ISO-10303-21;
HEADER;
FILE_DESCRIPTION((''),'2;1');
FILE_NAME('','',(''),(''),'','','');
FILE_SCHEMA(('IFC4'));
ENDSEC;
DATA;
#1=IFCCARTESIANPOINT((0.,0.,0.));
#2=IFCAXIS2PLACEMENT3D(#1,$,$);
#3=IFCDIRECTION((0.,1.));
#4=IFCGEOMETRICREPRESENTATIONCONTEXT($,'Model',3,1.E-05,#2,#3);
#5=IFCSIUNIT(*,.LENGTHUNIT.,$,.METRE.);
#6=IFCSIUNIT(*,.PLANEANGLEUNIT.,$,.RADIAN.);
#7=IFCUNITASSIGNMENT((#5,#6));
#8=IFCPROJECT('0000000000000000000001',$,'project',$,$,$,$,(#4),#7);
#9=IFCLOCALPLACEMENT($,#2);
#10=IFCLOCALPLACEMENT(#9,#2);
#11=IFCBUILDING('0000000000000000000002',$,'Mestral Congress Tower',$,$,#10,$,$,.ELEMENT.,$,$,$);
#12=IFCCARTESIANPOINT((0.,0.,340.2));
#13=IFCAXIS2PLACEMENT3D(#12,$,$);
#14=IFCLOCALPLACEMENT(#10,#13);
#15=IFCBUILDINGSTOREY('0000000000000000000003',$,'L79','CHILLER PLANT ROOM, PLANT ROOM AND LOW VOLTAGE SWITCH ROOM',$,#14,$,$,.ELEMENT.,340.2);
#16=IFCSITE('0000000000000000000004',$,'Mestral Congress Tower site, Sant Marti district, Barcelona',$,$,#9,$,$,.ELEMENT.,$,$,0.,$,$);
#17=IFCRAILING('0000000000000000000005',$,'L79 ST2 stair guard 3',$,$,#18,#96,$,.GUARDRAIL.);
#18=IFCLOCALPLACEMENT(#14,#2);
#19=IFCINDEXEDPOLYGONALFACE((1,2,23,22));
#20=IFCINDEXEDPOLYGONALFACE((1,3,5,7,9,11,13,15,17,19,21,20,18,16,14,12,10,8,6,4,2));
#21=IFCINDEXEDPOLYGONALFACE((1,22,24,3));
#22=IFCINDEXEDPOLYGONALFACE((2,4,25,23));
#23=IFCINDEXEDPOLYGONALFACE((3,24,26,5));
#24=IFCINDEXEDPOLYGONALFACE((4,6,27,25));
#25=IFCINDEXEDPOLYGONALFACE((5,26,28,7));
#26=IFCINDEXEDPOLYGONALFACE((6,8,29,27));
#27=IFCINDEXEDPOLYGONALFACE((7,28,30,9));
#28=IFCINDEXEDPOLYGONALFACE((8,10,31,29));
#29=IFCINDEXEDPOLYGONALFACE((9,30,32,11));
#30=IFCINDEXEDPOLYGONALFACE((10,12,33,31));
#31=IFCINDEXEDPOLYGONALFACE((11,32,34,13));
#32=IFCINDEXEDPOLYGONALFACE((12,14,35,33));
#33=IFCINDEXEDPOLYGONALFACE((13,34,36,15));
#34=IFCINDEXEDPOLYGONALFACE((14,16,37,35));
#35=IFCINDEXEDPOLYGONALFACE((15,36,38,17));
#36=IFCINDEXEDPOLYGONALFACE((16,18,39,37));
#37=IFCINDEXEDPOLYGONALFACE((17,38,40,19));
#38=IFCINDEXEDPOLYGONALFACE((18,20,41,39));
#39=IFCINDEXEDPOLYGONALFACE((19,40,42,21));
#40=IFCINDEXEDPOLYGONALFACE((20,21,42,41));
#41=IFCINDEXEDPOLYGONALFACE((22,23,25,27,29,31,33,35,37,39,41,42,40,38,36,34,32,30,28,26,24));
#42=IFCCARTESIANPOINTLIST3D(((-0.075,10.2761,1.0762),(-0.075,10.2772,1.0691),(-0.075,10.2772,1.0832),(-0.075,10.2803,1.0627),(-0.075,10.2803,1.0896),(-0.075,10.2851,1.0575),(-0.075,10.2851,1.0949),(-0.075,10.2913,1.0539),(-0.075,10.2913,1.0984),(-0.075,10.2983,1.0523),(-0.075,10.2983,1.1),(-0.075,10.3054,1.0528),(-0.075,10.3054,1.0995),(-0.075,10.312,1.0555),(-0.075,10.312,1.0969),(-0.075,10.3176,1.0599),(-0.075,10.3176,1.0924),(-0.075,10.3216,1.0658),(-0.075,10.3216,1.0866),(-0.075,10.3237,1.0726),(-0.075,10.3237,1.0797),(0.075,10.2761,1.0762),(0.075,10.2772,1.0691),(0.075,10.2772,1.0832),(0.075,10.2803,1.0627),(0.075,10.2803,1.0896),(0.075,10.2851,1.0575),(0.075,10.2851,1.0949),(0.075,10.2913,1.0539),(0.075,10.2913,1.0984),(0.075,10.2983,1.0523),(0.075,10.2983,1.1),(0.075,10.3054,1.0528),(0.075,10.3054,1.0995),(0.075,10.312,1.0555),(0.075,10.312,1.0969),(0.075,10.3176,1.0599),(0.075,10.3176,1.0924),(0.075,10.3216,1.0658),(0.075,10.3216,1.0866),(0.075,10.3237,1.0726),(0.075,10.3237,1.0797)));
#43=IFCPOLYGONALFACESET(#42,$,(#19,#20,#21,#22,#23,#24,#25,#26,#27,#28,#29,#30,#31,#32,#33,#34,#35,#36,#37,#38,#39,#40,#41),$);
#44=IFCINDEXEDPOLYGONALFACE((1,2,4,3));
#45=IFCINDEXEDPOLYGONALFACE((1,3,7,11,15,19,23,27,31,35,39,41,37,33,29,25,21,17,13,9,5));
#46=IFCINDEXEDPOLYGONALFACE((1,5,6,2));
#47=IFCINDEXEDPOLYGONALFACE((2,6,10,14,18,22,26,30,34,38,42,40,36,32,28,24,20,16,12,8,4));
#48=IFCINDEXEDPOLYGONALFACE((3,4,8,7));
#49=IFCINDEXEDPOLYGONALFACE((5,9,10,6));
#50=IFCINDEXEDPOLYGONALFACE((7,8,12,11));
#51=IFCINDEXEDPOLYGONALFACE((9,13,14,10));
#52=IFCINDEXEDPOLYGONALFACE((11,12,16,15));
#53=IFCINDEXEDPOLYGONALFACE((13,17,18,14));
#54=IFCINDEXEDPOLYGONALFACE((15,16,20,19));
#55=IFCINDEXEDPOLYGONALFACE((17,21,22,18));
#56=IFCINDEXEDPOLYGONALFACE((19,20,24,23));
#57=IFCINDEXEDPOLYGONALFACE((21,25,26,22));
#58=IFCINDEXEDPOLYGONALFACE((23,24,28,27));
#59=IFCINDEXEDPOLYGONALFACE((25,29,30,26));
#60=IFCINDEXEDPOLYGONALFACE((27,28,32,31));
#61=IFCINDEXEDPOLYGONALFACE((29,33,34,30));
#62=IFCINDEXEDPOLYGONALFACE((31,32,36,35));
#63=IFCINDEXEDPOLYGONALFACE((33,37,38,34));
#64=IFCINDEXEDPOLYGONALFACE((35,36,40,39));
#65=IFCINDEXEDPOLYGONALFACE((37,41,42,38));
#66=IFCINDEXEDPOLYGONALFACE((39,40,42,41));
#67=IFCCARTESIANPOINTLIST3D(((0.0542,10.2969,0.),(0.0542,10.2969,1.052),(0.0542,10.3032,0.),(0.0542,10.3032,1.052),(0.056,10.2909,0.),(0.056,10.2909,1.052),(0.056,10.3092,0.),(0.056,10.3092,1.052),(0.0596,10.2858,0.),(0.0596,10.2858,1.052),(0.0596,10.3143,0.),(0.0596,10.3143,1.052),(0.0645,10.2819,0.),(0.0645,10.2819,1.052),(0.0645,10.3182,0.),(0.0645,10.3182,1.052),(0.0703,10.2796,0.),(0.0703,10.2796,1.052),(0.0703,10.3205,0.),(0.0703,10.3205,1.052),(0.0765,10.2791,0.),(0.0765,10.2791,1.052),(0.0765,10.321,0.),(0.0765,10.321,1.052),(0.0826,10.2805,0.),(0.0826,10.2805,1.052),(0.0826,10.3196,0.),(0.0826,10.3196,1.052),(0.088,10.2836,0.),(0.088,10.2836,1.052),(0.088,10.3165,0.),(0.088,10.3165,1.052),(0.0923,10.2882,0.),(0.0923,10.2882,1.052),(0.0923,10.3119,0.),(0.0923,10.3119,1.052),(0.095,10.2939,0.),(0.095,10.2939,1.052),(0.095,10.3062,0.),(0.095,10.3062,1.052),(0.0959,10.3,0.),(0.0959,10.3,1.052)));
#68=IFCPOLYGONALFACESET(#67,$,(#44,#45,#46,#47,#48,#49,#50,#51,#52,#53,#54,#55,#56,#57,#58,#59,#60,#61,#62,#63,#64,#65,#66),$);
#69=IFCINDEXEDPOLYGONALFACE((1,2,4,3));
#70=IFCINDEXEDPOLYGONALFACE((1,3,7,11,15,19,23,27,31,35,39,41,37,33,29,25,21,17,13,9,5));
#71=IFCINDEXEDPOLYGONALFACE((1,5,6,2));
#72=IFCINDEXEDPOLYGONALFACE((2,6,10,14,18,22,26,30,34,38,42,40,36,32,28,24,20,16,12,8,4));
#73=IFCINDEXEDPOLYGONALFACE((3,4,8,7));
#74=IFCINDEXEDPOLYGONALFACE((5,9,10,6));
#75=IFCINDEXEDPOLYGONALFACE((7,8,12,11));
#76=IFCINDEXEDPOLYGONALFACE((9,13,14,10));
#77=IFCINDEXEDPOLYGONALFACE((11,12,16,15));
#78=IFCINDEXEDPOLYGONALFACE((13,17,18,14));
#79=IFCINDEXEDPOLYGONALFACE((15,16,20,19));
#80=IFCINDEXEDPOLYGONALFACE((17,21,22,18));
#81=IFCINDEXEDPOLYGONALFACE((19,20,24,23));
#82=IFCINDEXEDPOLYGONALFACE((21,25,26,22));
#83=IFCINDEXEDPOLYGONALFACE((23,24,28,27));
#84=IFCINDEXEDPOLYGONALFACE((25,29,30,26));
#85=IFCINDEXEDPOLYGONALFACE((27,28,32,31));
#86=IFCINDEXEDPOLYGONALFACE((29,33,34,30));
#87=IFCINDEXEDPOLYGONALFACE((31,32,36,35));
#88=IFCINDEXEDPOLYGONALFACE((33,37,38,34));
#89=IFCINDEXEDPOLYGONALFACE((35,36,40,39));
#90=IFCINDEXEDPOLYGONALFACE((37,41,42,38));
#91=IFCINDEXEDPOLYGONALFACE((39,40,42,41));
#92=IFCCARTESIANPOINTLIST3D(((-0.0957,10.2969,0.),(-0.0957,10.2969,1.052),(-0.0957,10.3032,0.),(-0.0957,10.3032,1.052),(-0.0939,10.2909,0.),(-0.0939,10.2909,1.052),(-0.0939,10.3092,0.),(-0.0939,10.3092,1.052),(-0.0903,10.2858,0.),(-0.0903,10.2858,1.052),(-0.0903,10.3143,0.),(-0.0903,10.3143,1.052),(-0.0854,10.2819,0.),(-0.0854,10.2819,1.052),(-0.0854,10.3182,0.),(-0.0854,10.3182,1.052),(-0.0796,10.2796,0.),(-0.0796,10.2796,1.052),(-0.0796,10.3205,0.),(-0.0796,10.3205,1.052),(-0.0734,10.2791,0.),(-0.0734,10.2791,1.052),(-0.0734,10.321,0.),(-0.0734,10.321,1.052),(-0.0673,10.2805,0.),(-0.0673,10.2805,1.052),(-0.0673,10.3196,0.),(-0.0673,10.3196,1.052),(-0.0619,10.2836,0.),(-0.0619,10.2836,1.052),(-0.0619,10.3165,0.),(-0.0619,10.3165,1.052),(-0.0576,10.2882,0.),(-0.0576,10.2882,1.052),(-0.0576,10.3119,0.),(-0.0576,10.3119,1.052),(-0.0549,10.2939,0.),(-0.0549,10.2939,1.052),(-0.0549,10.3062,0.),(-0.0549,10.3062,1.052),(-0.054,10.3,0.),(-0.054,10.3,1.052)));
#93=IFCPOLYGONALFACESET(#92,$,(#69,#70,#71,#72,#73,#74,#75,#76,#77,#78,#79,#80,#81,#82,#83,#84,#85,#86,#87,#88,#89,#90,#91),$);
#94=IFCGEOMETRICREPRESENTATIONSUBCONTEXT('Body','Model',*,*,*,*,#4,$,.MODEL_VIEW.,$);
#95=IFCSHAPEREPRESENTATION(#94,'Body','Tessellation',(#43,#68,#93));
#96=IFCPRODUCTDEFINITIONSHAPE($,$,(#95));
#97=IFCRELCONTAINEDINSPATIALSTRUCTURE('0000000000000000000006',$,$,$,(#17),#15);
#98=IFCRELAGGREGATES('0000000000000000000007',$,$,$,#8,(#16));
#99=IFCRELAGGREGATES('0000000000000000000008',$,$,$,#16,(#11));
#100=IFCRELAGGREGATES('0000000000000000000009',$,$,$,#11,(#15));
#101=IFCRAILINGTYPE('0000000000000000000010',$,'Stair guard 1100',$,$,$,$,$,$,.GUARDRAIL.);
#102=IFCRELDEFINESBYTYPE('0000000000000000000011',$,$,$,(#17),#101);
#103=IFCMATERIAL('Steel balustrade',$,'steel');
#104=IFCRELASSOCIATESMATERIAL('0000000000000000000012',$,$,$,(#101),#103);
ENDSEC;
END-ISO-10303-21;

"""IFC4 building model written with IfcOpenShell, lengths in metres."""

from ifc_helpers import new_model, si_unit, direction, frame, origin, origin_2d, place, context, subcontext, project, spatial, circle, extrude, material, type_object, element, save


model = new_model("IFC4")

# Units and contexts
model_context = context("Model", 3, precision=1e-05, world=origin(), true_north=direction((0.0, 1.0)))
body_context = subcontext(model_context, "Body", "Model", "MODEL_VIEW")
ifc_project = project(units=[si_unit("LENGTHUNIT", "METRE"), si_unit("PLANEANGLEUNIT", "RADIAN")], contexts=[model_context])

# Site, building, storey
site_placement = place(None, origin())
site = spatial("IfcSite", under=ifc_project, at=site_placement, Name="Mestral Congress Tower site, Sant Marti district, Barcelona", CompositionType="ELEMENT", RefElevation=0.0)
building_placement = place(site_placement, origin())
building = spatial("IfcBuilding", under=site, at=building_placement, Name="Mestral Congress Tower", CompositionType="ELEMENT")
storey_placement = place(building_placement, frame((0.0, 0.0, 340.2)))
storey = spatial("IfcBuildingStorey", under=building, at=storey_placement, Name="L79", Description="CHILLER PLANT ROOM, PLANT ROOM AND LOW VOLTAGE SWITCH ROOM", CompositionType="ELEMENT", Elevation=340.2)

# Railing
ifc_material_1 = material(Name="Steel balustrade", Category="steel")
railing_type_1 = type_object("IfcRailingType", Name="Stair guard 1100", PredefinedType="GUARDRAIL", material=ifc_material_1)
railing_1_placement = place(storey_placement, frame((0.075, 10.3, 0.0)))
element("IfcRailing", 1, at=railing_1_placement, inside=storey, type_object=railing_type_1, Name="L79 ST2 stair guard 3", PredefinedType="GUARDRAIL", context=body_context, shape_type="SweptSolid", body=[
    extrude(circle(Radius=0.0239, at=origin_2d()), frame((0.0, 0.0, 1.0762), z_axis=(-1.0, 0.0, 0.0), x_axis=(0.0, -1.0, 0.0)), (0.0, 0.0, 1.0), 0.1499),
    extrude(circle(Radius=0.021, at=origin_2d()), origin(), (0.0, 0.0, 1.0), 1.052),
    extrude(circle(Radius=0.021, at=origin_2d()), frame((-0.1499, 0.0, 0.0)), (0.0, 0.0, 1.0), 1.052),
])

save(model, "model.ifc")
